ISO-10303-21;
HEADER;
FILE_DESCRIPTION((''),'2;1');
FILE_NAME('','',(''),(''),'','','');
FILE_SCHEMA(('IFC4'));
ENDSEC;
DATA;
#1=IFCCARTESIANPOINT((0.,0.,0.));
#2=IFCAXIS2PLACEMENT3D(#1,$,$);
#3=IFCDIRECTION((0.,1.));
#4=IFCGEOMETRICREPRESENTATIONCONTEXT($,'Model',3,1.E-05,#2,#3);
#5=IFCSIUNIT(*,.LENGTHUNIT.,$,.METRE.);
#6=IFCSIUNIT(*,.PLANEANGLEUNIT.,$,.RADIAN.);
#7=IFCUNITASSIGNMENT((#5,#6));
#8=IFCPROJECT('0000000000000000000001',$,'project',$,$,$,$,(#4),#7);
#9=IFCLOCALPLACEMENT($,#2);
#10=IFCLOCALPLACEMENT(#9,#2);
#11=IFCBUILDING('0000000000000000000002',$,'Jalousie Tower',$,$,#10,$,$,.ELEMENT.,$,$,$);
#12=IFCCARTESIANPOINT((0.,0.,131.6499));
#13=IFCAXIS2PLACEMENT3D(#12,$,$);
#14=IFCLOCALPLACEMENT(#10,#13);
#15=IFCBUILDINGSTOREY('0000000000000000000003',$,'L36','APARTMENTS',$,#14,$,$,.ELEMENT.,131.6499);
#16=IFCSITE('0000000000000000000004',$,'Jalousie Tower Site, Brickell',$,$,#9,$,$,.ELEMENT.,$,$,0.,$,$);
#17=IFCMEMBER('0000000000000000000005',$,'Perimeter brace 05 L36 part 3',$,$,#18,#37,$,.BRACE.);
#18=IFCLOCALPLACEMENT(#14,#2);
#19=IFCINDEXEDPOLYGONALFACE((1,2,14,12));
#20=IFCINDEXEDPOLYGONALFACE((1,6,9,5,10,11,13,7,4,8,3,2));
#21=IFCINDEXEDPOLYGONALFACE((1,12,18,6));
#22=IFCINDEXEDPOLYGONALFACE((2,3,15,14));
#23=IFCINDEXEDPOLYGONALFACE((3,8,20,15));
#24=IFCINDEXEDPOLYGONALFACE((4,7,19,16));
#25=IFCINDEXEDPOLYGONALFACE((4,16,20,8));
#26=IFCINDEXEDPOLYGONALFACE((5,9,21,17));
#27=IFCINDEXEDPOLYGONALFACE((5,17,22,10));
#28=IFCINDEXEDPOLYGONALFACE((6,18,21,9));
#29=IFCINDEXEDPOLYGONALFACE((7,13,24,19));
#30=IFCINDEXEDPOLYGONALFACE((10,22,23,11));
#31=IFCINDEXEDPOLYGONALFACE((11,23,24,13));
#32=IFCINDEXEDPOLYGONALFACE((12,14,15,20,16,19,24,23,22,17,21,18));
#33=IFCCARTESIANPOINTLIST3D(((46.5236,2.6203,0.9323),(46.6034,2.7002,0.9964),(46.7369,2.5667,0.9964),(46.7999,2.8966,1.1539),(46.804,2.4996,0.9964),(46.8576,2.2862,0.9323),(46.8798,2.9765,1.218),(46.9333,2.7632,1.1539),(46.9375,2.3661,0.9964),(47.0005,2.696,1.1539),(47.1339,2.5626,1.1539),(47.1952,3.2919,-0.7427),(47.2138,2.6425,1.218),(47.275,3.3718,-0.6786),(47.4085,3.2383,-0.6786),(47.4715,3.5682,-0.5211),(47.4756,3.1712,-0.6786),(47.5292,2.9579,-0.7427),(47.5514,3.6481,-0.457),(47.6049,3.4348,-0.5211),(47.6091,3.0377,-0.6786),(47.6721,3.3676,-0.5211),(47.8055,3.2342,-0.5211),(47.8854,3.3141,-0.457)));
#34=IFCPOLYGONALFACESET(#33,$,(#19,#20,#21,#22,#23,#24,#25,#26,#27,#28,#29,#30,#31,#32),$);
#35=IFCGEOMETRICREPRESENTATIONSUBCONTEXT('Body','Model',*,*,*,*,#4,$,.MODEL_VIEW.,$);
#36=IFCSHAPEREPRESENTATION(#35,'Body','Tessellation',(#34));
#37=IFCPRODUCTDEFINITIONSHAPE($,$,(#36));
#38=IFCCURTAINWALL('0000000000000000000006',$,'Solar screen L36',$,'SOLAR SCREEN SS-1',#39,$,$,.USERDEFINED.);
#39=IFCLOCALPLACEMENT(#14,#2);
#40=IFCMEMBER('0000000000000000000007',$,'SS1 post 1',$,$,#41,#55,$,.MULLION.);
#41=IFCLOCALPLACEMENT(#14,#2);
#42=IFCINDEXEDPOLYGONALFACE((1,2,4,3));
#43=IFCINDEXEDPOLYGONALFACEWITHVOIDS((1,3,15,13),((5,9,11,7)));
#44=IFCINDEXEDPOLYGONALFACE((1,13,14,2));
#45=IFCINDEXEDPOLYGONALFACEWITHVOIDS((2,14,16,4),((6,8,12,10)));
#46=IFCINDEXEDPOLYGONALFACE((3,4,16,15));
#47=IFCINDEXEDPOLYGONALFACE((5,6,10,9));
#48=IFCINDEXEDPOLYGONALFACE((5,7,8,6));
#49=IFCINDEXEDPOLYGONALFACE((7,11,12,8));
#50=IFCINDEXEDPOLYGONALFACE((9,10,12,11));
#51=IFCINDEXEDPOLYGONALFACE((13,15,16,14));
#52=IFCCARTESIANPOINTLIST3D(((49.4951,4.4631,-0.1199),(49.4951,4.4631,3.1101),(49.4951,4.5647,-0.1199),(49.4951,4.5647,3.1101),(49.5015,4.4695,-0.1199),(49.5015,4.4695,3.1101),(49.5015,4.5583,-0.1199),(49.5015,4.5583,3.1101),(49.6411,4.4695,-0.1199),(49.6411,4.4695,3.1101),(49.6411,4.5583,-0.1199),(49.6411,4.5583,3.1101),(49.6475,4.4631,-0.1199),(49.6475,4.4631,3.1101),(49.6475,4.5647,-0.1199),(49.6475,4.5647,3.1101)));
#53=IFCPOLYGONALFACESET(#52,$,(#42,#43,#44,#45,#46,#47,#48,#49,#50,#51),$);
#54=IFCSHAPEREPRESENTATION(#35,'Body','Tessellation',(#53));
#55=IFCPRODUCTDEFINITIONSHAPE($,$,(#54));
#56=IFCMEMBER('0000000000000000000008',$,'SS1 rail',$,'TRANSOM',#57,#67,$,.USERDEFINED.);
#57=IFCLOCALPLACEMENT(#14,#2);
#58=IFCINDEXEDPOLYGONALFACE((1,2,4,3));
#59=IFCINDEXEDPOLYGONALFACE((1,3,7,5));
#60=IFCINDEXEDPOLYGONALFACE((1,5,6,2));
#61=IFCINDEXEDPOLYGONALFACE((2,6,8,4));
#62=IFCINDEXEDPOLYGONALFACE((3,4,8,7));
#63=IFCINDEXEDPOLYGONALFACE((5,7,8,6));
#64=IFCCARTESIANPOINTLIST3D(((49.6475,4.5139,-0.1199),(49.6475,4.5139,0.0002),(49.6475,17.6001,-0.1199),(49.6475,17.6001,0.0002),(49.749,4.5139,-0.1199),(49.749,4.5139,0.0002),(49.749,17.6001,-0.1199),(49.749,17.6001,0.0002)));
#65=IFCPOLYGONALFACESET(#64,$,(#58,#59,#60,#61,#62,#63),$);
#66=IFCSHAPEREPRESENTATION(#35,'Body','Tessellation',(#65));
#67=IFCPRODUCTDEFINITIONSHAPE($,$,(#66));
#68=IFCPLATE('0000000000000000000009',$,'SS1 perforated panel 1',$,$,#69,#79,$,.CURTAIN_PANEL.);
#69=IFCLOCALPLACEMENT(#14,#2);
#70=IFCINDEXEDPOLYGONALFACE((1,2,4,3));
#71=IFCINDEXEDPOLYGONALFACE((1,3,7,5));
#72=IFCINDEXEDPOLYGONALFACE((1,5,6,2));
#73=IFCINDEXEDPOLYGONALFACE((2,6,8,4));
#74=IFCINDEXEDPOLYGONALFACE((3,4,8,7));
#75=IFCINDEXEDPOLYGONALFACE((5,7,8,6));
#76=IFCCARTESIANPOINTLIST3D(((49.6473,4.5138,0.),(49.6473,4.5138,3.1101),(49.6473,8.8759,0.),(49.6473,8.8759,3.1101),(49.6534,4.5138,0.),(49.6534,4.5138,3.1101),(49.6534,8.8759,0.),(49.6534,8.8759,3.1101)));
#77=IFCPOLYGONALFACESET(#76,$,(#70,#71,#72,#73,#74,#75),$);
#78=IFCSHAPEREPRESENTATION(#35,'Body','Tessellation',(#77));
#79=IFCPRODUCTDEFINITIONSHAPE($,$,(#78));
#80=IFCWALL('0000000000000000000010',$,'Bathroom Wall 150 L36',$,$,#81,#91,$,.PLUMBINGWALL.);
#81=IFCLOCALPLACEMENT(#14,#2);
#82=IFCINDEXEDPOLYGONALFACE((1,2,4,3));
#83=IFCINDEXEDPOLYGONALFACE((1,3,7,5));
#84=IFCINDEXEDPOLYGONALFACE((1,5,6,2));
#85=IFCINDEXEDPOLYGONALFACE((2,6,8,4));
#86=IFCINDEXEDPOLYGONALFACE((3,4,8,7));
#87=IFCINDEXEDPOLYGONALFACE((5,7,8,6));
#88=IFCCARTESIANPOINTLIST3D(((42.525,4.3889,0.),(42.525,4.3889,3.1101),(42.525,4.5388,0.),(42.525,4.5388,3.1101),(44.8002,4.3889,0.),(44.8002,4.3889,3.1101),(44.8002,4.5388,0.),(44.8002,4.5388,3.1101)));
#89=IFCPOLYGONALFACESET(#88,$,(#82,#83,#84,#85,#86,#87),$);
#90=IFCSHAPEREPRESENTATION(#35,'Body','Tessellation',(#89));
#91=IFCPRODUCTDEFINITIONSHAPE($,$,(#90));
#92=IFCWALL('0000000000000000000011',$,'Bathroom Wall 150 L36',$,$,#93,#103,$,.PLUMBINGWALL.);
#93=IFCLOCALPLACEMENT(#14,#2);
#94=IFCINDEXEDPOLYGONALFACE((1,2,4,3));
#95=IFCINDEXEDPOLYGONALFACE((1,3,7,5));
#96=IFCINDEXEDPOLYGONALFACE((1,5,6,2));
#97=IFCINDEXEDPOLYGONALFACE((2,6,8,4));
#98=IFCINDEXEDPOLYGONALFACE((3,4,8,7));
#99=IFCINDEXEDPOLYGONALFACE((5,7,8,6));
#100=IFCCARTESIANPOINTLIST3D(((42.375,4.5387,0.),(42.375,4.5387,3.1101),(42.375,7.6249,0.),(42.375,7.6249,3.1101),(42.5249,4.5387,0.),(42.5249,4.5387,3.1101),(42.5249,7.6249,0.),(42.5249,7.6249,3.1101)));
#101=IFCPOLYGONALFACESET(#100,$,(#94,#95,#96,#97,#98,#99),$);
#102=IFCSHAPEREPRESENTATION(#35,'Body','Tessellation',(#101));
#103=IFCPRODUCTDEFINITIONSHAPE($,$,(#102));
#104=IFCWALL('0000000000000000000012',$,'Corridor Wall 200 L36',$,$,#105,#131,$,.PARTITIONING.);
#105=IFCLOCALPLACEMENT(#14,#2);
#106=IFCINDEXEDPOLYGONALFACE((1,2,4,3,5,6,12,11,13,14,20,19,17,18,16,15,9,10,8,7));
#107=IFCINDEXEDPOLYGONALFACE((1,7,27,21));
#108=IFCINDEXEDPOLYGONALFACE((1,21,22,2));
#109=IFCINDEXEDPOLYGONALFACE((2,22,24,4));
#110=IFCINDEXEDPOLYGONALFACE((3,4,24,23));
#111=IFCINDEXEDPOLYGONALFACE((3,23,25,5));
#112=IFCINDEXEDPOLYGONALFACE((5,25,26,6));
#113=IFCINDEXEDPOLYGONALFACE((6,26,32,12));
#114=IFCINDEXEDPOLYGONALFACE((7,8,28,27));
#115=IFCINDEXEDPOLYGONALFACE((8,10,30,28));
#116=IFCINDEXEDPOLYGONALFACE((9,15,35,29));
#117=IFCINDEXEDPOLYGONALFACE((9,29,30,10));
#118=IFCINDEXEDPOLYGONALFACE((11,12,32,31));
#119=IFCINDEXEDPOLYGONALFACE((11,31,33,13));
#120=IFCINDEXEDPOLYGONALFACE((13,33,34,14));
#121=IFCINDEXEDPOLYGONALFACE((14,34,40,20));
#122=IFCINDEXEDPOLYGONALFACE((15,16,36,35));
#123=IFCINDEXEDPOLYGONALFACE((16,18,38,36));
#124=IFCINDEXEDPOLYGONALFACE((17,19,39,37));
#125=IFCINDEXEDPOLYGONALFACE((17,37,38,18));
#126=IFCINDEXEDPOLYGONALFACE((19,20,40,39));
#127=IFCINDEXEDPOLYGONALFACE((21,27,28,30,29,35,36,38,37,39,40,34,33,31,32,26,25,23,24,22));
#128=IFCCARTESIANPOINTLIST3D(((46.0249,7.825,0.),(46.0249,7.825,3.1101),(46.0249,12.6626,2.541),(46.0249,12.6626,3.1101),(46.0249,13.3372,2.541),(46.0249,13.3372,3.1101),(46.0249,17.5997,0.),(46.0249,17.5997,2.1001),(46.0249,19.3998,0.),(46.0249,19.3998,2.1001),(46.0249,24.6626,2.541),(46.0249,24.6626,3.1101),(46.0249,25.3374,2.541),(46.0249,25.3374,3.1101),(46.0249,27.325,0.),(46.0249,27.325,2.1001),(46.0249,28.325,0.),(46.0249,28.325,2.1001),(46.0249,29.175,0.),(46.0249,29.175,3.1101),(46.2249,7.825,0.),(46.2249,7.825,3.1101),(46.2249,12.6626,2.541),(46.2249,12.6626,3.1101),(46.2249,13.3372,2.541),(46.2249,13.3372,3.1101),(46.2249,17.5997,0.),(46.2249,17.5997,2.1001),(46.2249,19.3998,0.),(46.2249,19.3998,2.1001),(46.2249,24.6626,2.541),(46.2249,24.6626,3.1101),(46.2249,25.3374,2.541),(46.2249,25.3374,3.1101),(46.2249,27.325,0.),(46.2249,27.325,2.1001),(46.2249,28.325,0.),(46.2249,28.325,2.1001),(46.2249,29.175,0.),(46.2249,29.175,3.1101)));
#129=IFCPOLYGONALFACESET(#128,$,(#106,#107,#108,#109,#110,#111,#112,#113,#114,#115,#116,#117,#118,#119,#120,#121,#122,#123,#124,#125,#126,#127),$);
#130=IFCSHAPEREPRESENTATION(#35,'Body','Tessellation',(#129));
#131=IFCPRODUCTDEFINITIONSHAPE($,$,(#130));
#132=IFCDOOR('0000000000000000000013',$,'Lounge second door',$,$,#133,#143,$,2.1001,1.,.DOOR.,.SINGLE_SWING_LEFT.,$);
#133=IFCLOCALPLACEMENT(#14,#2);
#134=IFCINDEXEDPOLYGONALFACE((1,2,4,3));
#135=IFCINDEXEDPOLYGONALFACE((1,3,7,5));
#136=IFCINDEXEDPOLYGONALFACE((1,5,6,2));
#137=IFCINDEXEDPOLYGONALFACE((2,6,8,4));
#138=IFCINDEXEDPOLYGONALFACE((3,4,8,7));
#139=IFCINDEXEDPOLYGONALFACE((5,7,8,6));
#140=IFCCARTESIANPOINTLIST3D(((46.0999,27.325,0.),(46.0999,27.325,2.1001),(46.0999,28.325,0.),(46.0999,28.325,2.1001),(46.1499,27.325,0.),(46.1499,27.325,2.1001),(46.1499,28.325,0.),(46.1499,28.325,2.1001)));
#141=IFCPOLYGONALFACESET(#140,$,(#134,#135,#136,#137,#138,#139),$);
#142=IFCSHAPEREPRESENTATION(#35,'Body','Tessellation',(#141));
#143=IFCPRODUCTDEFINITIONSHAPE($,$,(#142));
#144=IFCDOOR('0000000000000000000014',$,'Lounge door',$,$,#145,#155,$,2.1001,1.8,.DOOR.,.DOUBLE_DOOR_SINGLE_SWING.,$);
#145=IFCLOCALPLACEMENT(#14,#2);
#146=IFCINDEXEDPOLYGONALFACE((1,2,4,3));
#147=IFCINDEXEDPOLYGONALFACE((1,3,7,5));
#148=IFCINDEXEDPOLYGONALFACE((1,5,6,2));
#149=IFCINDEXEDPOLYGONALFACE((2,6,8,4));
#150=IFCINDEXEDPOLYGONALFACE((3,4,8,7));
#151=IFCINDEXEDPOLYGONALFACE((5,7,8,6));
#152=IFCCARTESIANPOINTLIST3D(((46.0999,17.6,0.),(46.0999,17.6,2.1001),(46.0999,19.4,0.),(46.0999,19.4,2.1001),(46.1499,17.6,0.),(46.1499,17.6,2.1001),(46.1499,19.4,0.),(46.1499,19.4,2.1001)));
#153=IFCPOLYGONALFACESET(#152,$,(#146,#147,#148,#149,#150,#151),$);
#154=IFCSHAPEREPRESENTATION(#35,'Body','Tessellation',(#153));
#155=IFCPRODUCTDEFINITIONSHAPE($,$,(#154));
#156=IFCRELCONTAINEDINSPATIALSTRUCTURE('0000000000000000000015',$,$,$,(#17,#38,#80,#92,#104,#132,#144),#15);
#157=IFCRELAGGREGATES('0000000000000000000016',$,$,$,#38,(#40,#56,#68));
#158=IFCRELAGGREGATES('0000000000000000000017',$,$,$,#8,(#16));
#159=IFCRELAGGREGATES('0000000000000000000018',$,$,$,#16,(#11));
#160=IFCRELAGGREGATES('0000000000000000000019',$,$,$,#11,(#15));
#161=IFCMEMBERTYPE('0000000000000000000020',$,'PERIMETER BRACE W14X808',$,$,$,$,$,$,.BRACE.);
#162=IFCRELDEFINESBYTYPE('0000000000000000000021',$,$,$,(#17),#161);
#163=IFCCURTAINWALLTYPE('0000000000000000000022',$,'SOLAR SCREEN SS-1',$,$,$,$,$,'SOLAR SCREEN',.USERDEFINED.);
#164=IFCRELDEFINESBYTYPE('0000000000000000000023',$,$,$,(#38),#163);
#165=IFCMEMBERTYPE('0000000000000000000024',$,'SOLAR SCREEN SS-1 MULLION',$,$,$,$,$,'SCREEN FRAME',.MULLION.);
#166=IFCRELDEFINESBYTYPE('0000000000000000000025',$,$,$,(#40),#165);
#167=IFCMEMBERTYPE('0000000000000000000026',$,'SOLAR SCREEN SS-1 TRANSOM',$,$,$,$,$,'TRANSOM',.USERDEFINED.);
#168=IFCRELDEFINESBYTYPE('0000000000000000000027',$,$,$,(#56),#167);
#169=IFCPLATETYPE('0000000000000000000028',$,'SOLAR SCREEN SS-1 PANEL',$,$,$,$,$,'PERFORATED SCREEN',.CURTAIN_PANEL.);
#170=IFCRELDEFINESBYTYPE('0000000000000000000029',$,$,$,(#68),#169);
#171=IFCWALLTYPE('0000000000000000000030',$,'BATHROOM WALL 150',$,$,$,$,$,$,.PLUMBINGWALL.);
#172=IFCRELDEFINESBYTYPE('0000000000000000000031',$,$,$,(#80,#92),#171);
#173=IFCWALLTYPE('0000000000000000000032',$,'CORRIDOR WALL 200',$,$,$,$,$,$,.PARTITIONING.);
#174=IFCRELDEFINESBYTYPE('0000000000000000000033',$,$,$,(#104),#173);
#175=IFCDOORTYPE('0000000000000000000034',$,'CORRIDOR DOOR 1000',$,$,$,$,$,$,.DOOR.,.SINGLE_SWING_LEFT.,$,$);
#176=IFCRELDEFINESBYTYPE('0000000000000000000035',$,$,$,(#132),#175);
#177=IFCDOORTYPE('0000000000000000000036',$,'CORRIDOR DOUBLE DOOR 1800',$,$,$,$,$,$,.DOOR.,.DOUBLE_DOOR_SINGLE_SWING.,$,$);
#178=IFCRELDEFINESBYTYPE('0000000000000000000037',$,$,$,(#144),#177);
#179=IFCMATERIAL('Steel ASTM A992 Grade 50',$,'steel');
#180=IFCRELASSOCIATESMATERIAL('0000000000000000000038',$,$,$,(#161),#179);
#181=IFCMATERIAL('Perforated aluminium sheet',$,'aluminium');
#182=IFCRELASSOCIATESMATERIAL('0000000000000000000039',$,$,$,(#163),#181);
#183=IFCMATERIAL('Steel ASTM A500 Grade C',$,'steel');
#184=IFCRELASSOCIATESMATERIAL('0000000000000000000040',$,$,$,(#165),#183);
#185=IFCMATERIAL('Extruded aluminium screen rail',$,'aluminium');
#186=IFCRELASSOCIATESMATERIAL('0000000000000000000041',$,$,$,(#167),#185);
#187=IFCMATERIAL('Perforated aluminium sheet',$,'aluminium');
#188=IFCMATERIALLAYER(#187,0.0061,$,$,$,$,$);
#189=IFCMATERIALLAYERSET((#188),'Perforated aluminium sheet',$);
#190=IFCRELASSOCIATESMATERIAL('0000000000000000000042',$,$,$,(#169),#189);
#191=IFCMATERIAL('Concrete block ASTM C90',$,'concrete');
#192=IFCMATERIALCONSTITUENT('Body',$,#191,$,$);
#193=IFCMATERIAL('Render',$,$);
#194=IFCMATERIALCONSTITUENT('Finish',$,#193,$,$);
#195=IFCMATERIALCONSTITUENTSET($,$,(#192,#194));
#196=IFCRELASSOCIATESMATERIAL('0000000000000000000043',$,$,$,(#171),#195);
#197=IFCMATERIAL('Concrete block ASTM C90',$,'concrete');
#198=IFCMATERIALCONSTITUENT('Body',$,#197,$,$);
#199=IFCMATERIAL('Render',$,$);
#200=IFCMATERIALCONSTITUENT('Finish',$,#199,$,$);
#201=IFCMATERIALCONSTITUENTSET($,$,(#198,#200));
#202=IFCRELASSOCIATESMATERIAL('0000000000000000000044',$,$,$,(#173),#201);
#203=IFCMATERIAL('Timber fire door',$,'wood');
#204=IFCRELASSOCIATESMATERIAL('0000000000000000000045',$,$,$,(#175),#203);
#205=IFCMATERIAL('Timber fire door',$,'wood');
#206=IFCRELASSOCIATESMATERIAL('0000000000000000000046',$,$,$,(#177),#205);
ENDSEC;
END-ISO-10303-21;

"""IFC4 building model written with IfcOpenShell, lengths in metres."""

from ifc_helpers import new_model, si_unit, direction, frame, frame_2d, origin, origin_2d, place, context, subcontext, project, spatial, polyline, rectangle, hollow_rectangle, i_section, outline, extrude, material, layer, layer_set, constituent, constituent_set, material_profile, profile_set, type_object, element, fill, aggregate, save


model = new_model("IFC4")

# Units and contexts
model_context = context("Model", 3, precision=1e-05, world=origin(), true_north=direction((0.0, 1.0)))
body_context = subcontext(model_context, "Body", "Model", "MODEL_VIEW")
ifc_project = project(units=[si_unit("LENGTHUNIT", "METRE"), si_unit("PLANEANGLEUNIT", "RADIAN")], contexts=[model_context])

# Site, building, storey
site_placement = place(None, origin())
site = spatial("IfcSite", under=ifc_project, at=site_placement, Name="Jalousie Tower Site, Brickell", CompositionType="ELEMENT", RefElevation=0.0)
building_placement = place(site_placement, origin())
building = spatial("IfcBuilding", under=site, at=building_placement, Name="Jalousie Tower", CompositionType="ELEMENT")
storey_placement = place(building_placement, frame((0.0, 0.0, 131.6499)))
storey = spatial("IfcBuildingStorey", under=building, at=storey_placement, Name="L36", Description="APARTMENTS", CompositionType="ELEMENT", Elevation=131.6499)

# Member
ifc_material_1 = material(Name="Steel ASTM A992 Grade 50", Category="steel")
ifc_material_profile_1 = material_profile(ifc_material_1, i_section(OverallWidth=0.4724, OverallDepth=0.5791, WebThickness=0.095, FlangeThickness=0.1299, at=origin_2d()), Name="W14X808")
ifc_profile_set_1 = profile_set([ifc_material_profile_1], Name="Steel ASTM A992 Grade 50")
member_type_1 = type_object("IfcMemberType", Name="PERIMETER BRACE W14X808", PredefinedType="BRACE", material=ifc_profile_set_1)
member_1_placement = place(storey_placement, frame((47.5403, 3.303, -0.5999), z_axis=(-0.348789, -0.348789, 0.869881), x_axis=(0.707107, -0.707107, 0.0)))
element("IfcMember", 1, at=member_1_placement, inside=storey, type_object=member_type_1, Name="Perimeter brace 05 L36 part 3", PredefinedType="BRACE", context=body_context, shape_type="SweptSolid", body=[
    extrude(i_section(OverallWidth=0.4724, OverallDepth=0.5791, WebThickness=0.095, FlangeThickness=0.1299, at=origin_2d()), origin(), (0.0, 0.0, 1.0), 1.9255),
])

# Curtain wall, members, plate
ifc_material_2 = material(Name="Perforated aluminium sheet", Category="aluminium")
curtain_wall_type = type_object("IfcCurtainWallType", Name="SOLAR SCREEN SS-1", ElementType="SOLAR SCREEN", PredefinedType="USERDEFINED", material=ifc_material_2)
curtain_wall_placement = place(storey_placement, origin())
curtain_wall = element("IfcCurtainWall", 2, at=curtain_wall_placement, inside=storey, type_object=curtain_wall_type, Name="Solar screen L36", ObjectType="SOLAR SCREEN SS-1", PredefinedType="USERDEFINED")
ifc_material_3 = material(Name="Steel ASTM A500 Grade C", Category="steel")
ifc_material_profile_2 = material_profile(ifc_material_3, hollow_rectangle(XDim=0.1016, YDim=0.1523, WallThickness=0.0063, at=origin_2d()), Name="HSS6X4X1/4")
ifc_profile_set_2 = profile_set([ifc_material_profile_2], Name="Steel ASTM A500 Grade C")
member_type_2 = type_object("IfcMemberType", Name="SOLAR SCREEN SS-1 MULLION", ElementType="SCREEN FRAME", PredefinedType="MULLION", material=ifc_profile_set_2)
member_2_placement = place(storey_placement, frame((49.5713, 4.5139, -0.1199), z_axis=(0.0, 0.0, 1.0), x_axis=(0.0, 1.0, 0.0)))
member_2 = element("IfcMember", 3, at=member_2_placement, type_object=member_type_2, Name="SS1 post 1", PredefinedType="MULLION", context=body_context, shape_type="SweptSolid", body=[
    extrude(hollow_rectangle(XDim=0.1016, YDim=0.1523, WallThickness=0.0063, at=origin_2d()), origin(), (0.0, 0.0, 1.0), 3.23),
])
ifc_material_4 = material(Name="Extruded aluminium screen rail", Category="aluminium")
ifc_material_profile_3 = material_profile(ifc_material_4, rectangle(XDim=0.1016, YDim=0.1201, at=origin_2d()), Name="RAIL 102x120")
ifc_profile_set_3 = profile_set([ifc_material_profile_3], Name="Extruded aluminium screen rail")
member_type_3 = type_object("IfcMemberType", Name="SOLAR SCREEN SS-1 TRANSOM", ElementType="TRANSOM", PredefinedType="USERDEFINED", material=ifc_profile_set_3)
member_3_placement = place(storey_placement, frame((49.6982, 4.5139, -0.0598), z_axis=(0.0, 1.0, 0.0), x_axis=(-1.0, 0.0, 0.0)))
member_3 = element("IfcMember", 4, at=member_3_placement, type_object=member_type_3, Name="SS1 rail", ObjectType="TRANSOM", PredefinedType="USERDEFINED", context=body_context, shape_type="SweptSolid", body=[
    extrude(rectangle(XDim=0.1016, YDim=0.1201, at=origin_2d()), origin(), (0.0, 0.0, 1.0), 13.0862),
])
ifc_material_5 = material(Name="Perforated aluminium sheet", Category="aluminium")
ifc_layer = layer(ifc_material_5, 0.0061)
ifc_layer_set = layer_set([ifc_layer], Name="Perforated aluminium sheet")
plate_type = type_object("IfcPlateType", Name="SOLAR SCREEN SS-1 PANEL", ElementType="PERFORATED SCREEN", PredefinedType="CURTAIN_PANEL", material=ifc_layer_set)
plate_placement = place(storey_placement, frame((49.6504, 6.6948, 0.0), z_axis=(0.0, 0.0, 1.0), x_axis=(0.0, 1.0, 0.0)))
plate = element("IfcPlate", 5, at=plate_placement, type_object=plate_type, Name="SS1 perforated panel 1", PredefinedType="CURTAIN_PANEL", context=body_context, shape_type="SweptSolid", body=[
    extrude(rectangle(XDim=4.3621, YDim=0.0061, at=origin_2d()), origin(), (0.0, 0.0, 1.0), 3.1101),
])
aggregate(curtain_wall, [member_2, member_3, plate])

# Walls
ifc_material_6 = material(Name="Concrete block ASTM C90", Category="concrete")
ifc_constituent_1 = constituent(ifc_material_6, Name="Body")
ifc_material_7 = material(Name="Render")
ifc_constituent_2 = constituent(ifc_material_7, Name="Finish")
ifc_constituent_set_1 = constituent_set(constituents=[ifc_constituent_1, ifc_constituent_2])
wall_type_1 = type_object("IfcWallType", Name="BATHROOM WALL 150", PredefinedType="PLUMBINGWALL", material=ifc_constituent_set_1)
wall_1_placement = place(storey_placement, frame((42.5249, 4.4639, 0.0), z_axis=(0.0, 0.0, 1.0), x_axis=(1.0, 0.0, 0.0)))
element("IfcWall", 6, at=wall_1_placement, inside=storey, type_object=wall_type_1, Name="Bathroom Wall 150 L36", PredefinedType="PLUMBINGWALL", context=body_context, shape_type="SweptSolid", body=[
    extrude(rectangle(XDim=2.2751, YDim=0.1499, at=frame_2d((1.1377, 0.0))), origin(), (0.0, 0.0, 1.0), 3.1101),
])
wall_2_placement = place(storey_placement, frame((42.45, 4.5388, 0.0), z_axis=(0.0, 0.0, 1.0), x_axis=(0.0, 1.0, 0.0)))
element("IfcWall", 7, at=wall_2_placement, inside=storey, type_object=wall_type_1, Name="Bathroom Wall 150 L36", PredefinedType="PLUMBINGWALL", context=body_context, shape_type="SweptSolid", body=[
    extrude(rectangle(XDim=3.0862, YDim=0.1499, at=frame_2d((1.543, 0.0))), origin(), (0.0, 0.0, 1.0), 3.1101),
])

# Wall, openings, doors
ifc_material_8 = material(Name="Concrete block ASTM C90", Category="concrete")
ifc_constituent_3 = constituent(ifc_material_8, Name="Body")
ifc_material_9 = material(Name="Render")
ifc_constituent_4 = constituent(ifc_material_9, Name="Finish")
ifc_constituent_set_2 = constituent_set(constituents=[ifc_constituent_3, ifc_constituent_4])
wall_type_2 = type_object("IfcWallType", Name="CORRIDOR WALL 200", PredefinedType="PARTITIONING", material=ifc_constituent_set_2)
wall_3_placement = place(storey_placement, frame((46.125, 7.825, 0.0), z_axis=(0.0, 0.0, 1.0), x_axis=(0.0, 1.0, 0.0)))
wall_3 = element("IfcWall", 8, at=wall_3_placement, inside=storey, type_object=wall_type_2, Name="Corridor Wall 200 L36", PredefinedType="PARTITIONING", context=body_context, shape_type="SweptSolid", body=[
    extrude(outline(polyline([(0.0, 0.0), (21.3501, 0.0), (21.3501, 3.1101), (17.5125, 3.1101), (17.5125, 2.541), (16.8376, 2.541), (16.8376, 3.1101), (5.5122, 3.1101), (5.5122, 2.541), (4.8376, 2.541), (4.8376, 3.1101), (0.0, 3.1101), (0.0, 0.0)])), frame((0.0, 0.1001, 0.0), z_axis=(0.0, -1.0, 0.0), x_axis=(1.0, 0.0, 0.0)), (0.0, 0.0, 1.0), 0.2),
])
opening_1_placement = place(wall_3_placement, frame((9.7749, 0.0, 0.0)))
opening_1 = element("IfcOpeningElement", 9, at=opening_1_placement, cuts=wall_3, PredefinedType="OPENING", context=body_context, shape_type="SweptSolid", body=[
    extrude(rectangle(XDim=1.8, YDim=2.1001, at=frame_2d((0.8999, 1.05))), frame((0.0, 0.1099, 0.0), z_axis=(0.0, -1.0, 0.0), x_axis=(1.0, 0.0, 0.0)), (0.0, 0.0, 1.0), 0.22),
])
opening_2_placement = place(wall_3_placement, frame((19.5, 0.0, 0.0)))
opening_2 = element("IfcOpeningElement", 10, at=opening_2_placement, cuts=wall_3, PredefinedType="OPENING", context=body_context, shape_type="SweptSolid", body=[
    extrude(rectangle(XDim=1.0, YDim=2.1001, at=frame_2d((0.5, 1.05))), frame((0.0, 0.1099, 0.0), z_axis=(0.0, -1.0, 0.0), x_axis=(1.0, 0.0, 0.0)), (0.0, 0.0, 1.0), 0.22),
])
ifc_material_10 = material(Name="Timber fire door", Category="wood")
door_type_1 = type_object("IfcDoorType", Name="CORRIDOR DOOR 1000", OperationType="SINGLE_SWING_LEFT", PredefinedType="DOOR", material=ifc_material_10)
door_1_placement = place(opening_2_placement, frame((1.0, 0.0, 0.0), z_axis=(0.0, 0.0, 1.0), x_axis=(-1.0, 0.0, 0.0)))
door_1 = element("IfcDoor", 11, at=door_1_placement, inside=storey, type_object=door_type_1, Name="Lounge second door", OperationType="SINGLE_SWING_LEFT", OverallHeight=2.1001, OverallWidth=1.0, PredefinedType="DOOR", context=body_context, shape_type="SweptSolid", body=[
    extrude(rectangle(XDim=1.0, YDim=2.1001, at=frame_2d((0.5, 1.05))), frame((0.0, 0.0249, 0.0), z_axis=(0.0, -1.0, 0.0), x_axis=(1.0, 0.0, 0.0)), (0.0, 0.0, 1.0), 0.05),
])
fill(opening_2, door_1)
ifc_material_11 = material(Name="Timber fire door", Category="wood")
door_type_2 = type_object("IfcDoorType", Name="CORRIDOR DOUBLE DOOR 1800", OperationType="DOUBLE_DOOR_SINGLE_SWING", PredefinedType="DOOR", material=ifc_material_11)
door_2_placement = place(opening_1_placement, frame((1.8, 0.0, 0.0), z_axis=(0.0, 0.0, 1.0), x_axis=(-1.0, 0.0, 0.0)))
door_2 = element("IfcDoor", 12, at=door_2_placement, inside=storey, type_object=door_type_2, Name="Lounge door", OperationType="DOUBLE_DOOR_SINGLE_SWING", OverallHeight=2.1001, OverallWidth=1.8, PredefinedType="DOOR", context=body_context, shape_type="SweptSolid", body=[
    extrude(rectangle(XDim=1.8, YDim=2.1001, at=frame_2d((0.8999, 1.05))), frame((0.0, 0.0249, 0.0), z_axis=(0.0, -1.0, 0.0), x_axis=(1.0, 0.0, 0.0)), (0.0, 0.0, 1.0), 0.05),
])
fill(opening_1, door_2)

save(model, "model.ifc")
